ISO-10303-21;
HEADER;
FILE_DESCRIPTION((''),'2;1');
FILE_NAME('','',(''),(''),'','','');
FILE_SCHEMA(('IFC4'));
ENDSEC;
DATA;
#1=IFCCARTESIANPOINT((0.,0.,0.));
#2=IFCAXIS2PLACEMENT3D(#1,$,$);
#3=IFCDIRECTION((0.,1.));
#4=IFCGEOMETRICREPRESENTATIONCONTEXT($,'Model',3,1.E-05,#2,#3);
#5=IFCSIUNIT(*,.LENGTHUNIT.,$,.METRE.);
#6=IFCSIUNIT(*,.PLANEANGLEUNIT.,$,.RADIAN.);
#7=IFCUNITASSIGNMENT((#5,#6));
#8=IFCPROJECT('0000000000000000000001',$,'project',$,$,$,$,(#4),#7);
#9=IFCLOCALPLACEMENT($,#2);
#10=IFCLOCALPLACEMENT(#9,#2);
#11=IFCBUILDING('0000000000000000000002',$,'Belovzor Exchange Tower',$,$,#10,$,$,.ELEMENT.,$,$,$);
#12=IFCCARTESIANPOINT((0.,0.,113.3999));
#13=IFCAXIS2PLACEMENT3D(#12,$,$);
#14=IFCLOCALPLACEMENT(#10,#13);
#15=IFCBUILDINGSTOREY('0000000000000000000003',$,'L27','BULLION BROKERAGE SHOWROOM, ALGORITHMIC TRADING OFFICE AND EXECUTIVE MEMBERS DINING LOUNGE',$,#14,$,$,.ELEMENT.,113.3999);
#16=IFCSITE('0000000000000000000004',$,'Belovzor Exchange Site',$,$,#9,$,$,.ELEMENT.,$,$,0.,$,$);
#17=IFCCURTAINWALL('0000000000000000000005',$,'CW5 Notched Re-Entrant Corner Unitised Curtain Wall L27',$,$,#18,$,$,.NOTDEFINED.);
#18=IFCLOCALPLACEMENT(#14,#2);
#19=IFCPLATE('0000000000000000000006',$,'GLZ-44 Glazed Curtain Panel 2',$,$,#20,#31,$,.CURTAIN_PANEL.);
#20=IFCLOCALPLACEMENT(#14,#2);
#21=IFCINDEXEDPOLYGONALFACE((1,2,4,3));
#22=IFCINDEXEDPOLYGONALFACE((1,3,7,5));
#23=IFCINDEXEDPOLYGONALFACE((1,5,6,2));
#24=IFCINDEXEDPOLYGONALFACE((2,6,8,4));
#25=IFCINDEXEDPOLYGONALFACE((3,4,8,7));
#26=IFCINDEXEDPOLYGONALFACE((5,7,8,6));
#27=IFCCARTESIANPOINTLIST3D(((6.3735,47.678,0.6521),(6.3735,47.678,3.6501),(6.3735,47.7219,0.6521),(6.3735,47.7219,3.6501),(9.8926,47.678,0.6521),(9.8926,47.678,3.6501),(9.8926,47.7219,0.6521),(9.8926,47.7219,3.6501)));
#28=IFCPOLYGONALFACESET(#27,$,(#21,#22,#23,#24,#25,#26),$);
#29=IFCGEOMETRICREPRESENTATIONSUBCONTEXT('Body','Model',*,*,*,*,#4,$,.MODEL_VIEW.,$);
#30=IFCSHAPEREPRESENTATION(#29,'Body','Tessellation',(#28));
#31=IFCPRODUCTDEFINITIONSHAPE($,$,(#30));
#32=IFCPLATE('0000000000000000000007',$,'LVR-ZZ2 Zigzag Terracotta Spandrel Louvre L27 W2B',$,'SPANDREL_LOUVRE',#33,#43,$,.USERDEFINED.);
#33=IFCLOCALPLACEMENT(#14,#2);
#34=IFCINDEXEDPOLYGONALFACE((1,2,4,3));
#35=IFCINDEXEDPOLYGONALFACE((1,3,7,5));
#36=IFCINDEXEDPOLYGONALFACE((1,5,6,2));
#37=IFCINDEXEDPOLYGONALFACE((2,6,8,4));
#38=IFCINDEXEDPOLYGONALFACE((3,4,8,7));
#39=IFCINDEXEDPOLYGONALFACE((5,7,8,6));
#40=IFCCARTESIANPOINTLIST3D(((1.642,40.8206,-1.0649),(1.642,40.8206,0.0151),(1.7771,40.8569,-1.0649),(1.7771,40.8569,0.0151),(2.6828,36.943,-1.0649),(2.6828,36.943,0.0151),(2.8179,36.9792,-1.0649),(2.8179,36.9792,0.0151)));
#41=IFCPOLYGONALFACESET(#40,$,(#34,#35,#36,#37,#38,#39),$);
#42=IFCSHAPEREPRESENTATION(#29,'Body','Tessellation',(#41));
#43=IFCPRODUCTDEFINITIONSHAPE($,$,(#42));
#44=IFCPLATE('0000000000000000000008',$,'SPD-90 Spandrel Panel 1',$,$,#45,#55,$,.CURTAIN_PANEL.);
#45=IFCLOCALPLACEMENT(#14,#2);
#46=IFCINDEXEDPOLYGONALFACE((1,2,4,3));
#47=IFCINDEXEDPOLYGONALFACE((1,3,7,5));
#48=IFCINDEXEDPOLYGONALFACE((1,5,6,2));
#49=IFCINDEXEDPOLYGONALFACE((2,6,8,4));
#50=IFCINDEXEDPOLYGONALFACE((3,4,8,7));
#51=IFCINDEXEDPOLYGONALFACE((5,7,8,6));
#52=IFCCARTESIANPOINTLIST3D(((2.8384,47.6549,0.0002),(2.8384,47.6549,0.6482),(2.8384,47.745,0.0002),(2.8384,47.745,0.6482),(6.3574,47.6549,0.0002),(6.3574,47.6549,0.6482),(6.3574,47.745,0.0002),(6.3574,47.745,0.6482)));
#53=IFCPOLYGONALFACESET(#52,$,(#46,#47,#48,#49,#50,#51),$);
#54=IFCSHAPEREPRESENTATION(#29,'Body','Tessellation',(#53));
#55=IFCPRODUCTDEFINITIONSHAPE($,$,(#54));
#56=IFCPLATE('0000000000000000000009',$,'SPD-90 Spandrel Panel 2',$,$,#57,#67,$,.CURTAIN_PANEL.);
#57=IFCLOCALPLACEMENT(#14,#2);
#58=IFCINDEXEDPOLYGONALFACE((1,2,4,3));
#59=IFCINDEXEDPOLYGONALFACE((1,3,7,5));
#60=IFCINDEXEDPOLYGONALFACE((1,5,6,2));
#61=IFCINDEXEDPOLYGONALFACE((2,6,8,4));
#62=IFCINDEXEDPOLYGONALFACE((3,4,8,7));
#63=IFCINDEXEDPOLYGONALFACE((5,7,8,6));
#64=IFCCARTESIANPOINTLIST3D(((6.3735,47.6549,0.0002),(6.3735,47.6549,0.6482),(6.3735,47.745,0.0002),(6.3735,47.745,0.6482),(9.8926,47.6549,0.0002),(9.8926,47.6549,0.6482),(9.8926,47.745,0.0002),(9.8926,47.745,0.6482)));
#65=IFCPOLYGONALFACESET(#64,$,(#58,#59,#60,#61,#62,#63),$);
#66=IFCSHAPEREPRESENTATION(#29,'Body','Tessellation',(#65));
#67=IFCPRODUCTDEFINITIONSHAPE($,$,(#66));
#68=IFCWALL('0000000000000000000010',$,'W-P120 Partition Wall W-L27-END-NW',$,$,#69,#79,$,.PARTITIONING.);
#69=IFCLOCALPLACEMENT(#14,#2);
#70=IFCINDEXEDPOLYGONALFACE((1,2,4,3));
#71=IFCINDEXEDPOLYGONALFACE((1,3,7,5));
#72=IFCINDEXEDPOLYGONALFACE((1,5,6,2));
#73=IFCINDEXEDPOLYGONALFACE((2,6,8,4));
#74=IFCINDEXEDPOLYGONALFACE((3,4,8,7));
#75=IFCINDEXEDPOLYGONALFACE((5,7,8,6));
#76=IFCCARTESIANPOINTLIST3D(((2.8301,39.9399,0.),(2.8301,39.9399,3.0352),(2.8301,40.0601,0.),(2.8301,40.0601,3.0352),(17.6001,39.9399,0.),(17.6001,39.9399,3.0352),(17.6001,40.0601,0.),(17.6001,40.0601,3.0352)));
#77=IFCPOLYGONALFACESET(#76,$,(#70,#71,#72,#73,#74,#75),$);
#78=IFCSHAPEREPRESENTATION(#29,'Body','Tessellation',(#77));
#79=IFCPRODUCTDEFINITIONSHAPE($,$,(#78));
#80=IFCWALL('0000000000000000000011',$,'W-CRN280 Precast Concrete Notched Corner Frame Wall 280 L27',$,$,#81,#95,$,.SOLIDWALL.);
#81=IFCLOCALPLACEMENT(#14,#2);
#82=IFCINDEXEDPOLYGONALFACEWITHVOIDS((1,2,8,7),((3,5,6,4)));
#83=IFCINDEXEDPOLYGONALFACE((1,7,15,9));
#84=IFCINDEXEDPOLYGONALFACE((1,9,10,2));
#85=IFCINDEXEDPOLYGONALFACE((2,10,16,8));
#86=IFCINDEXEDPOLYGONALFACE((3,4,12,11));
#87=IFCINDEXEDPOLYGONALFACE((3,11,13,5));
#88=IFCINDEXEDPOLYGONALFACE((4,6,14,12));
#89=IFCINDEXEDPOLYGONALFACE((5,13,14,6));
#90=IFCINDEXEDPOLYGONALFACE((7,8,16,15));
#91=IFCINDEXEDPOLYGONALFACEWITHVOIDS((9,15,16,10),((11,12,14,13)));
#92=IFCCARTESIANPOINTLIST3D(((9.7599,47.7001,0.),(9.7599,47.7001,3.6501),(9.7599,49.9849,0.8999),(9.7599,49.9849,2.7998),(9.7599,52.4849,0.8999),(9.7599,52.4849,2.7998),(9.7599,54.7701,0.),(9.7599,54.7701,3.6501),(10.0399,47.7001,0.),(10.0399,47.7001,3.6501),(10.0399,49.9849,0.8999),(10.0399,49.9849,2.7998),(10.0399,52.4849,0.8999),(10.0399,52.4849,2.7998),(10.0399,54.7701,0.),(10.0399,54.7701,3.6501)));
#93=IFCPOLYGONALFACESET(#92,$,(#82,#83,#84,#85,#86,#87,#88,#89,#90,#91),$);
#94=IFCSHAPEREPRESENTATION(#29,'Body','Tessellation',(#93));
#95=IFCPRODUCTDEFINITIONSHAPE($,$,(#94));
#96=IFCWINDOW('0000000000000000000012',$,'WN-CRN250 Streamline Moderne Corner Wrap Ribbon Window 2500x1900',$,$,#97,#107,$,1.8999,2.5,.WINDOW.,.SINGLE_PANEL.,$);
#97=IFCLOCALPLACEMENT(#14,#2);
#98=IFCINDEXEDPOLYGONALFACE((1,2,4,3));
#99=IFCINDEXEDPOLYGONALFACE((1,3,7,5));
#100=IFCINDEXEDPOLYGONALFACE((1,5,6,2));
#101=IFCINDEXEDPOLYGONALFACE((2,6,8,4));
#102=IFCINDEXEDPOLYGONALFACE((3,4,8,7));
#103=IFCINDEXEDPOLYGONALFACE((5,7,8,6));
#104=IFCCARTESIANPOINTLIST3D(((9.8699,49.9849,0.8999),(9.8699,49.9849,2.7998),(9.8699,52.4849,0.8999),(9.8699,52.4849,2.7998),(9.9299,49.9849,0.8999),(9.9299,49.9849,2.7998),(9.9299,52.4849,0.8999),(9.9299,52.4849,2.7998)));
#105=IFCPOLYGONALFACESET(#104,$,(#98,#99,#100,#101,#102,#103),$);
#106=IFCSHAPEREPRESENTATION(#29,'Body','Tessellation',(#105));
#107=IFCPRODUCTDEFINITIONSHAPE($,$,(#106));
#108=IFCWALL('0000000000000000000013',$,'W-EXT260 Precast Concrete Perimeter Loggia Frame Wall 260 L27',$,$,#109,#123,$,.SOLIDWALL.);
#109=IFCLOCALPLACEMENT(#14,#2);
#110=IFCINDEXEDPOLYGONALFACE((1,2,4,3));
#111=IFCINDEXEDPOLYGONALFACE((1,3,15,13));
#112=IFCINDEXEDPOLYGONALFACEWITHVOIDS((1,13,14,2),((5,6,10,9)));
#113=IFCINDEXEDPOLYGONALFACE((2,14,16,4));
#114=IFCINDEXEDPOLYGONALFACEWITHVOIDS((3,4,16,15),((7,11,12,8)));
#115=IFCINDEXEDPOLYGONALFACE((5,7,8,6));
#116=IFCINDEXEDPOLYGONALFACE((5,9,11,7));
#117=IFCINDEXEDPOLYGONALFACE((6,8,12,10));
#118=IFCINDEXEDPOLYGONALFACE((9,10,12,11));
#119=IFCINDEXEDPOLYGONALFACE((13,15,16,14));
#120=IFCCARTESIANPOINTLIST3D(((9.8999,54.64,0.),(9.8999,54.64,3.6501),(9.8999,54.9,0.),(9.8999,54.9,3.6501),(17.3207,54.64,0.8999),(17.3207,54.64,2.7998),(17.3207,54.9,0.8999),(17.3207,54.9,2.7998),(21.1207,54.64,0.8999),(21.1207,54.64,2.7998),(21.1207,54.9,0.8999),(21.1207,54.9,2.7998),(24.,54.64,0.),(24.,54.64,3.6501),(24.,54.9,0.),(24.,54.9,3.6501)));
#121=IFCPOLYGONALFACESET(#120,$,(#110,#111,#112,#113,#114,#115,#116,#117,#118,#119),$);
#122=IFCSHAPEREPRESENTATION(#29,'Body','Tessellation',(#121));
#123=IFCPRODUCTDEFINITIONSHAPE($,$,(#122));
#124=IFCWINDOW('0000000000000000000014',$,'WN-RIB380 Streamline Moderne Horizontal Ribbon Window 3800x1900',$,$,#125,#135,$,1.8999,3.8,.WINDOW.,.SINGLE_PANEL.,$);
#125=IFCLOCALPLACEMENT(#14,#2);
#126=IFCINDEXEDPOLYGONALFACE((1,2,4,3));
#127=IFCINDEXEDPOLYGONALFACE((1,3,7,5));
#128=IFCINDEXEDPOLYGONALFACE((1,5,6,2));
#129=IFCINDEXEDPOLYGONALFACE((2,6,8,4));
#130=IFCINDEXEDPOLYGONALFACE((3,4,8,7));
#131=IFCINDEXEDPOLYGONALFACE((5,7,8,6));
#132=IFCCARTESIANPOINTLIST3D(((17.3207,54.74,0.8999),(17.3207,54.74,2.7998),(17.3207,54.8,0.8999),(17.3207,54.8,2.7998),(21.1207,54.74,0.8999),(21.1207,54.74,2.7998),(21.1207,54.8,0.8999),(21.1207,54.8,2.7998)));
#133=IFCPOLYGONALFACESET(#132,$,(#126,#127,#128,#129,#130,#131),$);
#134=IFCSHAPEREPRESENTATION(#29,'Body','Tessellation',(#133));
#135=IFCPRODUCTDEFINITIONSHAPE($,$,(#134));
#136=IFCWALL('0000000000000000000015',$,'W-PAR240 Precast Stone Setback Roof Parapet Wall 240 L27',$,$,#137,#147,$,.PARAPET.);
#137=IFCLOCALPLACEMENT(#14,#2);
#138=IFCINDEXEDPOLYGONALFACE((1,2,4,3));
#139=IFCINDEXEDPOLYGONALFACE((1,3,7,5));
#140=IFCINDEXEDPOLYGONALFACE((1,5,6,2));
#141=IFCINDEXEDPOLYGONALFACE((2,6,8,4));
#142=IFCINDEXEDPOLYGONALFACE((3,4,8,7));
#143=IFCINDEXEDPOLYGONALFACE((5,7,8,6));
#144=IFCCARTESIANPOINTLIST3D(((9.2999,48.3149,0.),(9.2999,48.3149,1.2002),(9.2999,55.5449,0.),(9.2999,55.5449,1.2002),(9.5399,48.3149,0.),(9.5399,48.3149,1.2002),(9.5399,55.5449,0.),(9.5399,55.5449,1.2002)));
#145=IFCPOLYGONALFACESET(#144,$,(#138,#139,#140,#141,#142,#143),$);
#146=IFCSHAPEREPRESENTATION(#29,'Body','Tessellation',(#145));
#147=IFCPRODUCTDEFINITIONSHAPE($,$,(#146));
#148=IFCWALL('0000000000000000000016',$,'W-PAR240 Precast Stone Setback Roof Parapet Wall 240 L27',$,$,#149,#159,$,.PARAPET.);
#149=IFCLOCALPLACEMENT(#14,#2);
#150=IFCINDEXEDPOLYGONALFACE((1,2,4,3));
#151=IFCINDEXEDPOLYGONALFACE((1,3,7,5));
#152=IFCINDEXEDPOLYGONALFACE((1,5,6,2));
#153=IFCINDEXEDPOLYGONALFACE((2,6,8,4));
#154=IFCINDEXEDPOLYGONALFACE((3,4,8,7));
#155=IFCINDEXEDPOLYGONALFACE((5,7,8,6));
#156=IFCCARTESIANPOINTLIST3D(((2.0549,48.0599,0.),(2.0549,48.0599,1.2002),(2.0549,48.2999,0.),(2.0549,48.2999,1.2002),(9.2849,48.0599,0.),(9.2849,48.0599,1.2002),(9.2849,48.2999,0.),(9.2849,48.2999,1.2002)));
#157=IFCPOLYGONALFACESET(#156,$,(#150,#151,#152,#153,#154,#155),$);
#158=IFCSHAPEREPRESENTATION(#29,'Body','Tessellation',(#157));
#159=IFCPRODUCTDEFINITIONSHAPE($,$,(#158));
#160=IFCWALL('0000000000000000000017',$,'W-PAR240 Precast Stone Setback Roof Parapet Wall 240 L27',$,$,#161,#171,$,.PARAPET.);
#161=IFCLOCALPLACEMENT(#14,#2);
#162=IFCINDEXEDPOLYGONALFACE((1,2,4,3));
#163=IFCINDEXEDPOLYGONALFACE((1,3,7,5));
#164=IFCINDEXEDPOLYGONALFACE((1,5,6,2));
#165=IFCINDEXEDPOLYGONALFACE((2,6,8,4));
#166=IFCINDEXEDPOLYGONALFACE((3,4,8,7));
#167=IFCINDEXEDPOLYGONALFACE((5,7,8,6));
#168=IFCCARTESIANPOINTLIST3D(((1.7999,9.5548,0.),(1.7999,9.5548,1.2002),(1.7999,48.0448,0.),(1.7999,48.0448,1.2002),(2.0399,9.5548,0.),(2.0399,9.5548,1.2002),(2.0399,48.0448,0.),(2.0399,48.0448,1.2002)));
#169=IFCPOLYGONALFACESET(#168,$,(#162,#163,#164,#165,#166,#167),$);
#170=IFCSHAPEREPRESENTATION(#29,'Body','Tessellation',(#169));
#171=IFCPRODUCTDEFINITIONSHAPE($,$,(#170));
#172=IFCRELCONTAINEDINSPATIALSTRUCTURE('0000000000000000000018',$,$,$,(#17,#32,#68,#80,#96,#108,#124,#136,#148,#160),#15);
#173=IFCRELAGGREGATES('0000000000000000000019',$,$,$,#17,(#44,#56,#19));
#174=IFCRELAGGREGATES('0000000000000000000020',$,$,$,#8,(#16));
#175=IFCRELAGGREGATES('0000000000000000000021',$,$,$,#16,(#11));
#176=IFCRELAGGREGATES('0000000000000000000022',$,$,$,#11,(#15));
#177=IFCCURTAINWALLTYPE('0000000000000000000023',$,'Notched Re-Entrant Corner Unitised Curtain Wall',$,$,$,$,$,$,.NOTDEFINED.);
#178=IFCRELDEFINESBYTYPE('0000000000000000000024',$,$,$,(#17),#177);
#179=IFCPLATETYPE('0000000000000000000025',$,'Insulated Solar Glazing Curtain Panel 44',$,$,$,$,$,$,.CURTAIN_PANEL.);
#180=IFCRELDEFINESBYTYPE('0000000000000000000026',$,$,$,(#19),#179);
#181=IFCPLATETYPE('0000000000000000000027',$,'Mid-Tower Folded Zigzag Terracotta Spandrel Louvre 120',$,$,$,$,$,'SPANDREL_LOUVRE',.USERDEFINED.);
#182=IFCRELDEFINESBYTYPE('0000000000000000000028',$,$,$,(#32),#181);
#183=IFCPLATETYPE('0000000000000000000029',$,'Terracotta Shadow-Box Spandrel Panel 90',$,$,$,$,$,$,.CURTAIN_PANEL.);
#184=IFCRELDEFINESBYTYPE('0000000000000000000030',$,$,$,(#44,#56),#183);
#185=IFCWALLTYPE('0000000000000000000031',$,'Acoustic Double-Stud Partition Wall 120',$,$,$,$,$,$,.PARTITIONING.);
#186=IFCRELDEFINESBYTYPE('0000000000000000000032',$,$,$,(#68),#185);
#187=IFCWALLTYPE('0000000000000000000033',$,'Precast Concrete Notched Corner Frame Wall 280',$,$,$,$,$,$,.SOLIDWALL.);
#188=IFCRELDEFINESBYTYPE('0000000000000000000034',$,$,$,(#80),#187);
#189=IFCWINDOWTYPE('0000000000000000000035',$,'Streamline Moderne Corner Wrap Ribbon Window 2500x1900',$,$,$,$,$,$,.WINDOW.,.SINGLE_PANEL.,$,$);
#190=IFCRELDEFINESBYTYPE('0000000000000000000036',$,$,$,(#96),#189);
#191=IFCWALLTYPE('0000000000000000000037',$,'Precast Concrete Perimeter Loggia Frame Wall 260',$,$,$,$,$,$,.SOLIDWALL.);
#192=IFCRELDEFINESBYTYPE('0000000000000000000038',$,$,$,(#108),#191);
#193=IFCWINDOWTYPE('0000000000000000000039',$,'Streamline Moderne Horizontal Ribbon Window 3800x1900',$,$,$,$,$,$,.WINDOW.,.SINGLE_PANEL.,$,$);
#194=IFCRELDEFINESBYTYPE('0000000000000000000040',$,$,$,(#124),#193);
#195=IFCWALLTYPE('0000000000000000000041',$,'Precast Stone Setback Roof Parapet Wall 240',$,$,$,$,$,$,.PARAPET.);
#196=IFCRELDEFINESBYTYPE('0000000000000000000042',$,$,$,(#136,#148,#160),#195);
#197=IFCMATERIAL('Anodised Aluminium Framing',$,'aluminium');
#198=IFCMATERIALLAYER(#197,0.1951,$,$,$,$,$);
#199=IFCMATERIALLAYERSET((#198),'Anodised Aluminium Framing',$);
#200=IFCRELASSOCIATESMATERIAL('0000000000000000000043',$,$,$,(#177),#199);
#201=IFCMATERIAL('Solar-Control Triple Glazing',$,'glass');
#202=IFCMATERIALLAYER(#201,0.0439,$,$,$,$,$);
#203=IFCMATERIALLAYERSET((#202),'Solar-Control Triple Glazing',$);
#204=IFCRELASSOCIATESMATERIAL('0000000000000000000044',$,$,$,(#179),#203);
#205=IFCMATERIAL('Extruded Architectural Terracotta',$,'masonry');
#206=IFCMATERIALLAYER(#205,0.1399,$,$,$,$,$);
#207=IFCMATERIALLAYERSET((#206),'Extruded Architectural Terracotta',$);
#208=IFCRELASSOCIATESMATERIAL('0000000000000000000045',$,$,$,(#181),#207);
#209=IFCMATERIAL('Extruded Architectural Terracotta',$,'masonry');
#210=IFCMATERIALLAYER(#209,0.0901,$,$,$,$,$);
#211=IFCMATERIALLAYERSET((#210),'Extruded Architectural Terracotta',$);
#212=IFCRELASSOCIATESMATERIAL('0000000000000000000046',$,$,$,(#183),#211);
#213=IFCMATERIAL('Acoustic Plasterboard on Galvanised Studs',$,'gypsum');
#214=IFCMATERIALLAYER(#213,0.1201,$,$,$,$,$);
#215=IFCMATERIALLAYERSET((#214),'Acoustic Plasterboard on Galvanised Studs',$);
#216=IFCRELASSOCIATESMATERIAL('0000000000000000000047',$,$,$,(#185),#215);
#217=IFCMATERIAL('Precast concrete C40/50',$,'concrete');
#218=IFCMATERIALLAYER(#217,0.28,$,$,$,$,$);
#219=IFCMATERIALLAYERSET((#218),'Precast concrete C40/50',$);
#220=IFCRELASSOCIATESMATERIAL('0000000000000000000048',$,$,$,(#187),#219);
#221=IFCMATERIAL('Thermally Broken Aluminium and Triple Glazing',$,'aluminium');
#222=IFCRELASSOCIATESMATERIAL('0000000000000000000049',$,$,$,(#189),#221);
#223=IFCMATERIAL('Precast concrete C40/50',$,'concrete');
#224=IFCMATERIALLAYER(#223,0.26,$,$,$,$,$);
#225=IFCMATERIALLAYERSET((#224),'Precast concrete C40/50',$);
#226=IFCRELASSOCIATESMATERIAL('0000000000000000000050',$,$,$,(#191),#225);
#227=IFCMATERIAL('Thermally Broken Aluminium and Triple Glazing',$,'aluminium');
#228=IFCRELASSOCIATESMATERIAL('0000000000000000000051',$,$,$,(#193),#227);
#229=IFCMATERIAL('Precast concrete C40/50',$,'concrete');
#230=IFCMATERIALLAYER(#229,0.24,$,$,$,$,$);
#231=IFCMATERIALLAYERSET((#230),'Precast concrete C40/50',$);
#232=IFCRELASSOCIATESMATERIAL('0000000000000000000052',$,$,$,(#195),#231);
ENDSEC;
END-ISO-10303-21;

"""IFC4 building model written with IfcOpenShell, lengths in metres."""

from ifc_helpers import new_model, si_unit, direction, frame, frame_2d, origin, origin_2d, place, context, subcontext, project, spatial, rectangle, extrude, material, layer, layer_set, type_object, element, fill, aggregate, save


model = new_model("IFC4")

# Units and contexts
model_context = context("Model", 3, precision=1e-05, world=origin(), true_north=direction((0.0, 1.0)))
body_context = subcontext(model_context, "Body", "Model", "MODEL_VIEW")
ifc_project = project(units=[si_unit("LENGTHUNIT", "METRE"), si_unit("PLANEANGLEUNIT", "RADIAN")], contexts=[model_context])

# Site, building, storey
site_placement = place(None, origin())
site = spatial("IfcSite", under=ifc_project, at=site_placement, Name="Belovzor Exchange Site", CompositionType="ELEMENT", RefElevation=0.0)
building_placement = place(site_placement, origin())
building = spatial("IfcBuilding", under=site, at=building_placement, Name="Belovzor Exchange Tower", CompositionType="ELEMENT")
storey_placement = place(building_placement, frame((0.0, 0.0, 113.3999)))
storey = spatial("IfcBuildingStorey", under=building, at=storey_placement, Name="L27", Description="BULLION BROKERAGE SHOWROOM, ALGORITHMIC TRADING OFFICE AND EXECUTIVE MEMBERS DINING LOUNGE", CompositionType="ELEMENT", Elevation=113.3999)

# Curtain wall
ifc_material_1 = material(Name="Anodised Aluminium Framing", Category="aluminium")
ifc_layer_1 = layer(ifc_material_1, 0.1951)
ifc_layer_set_1 = layer_set([ifc_layer_1], Name="Anodised Aluminium Framing")
curtain_wall_type = type_object("IfcCurtainWallType", Name="Notched Re-Entrant Corner Unitised Curtain Wall", PredefinedType="NOTDEFINED", material=ifc_layer_set_1)
curtain_wall_placement = place(storey_placement, origin())
curtain_wall = element("IfcCurtainWall", 1, at=curtain_wall_placement, inside=storey, type_object=curtain_wall_type, Name="CW5 Notched Re-Entrant Corner Unitised Curtain Wall L27", PredefinedType="NOTDEFINED")

# Plates
ifc_material_2 = material(Name="Solar-Control Triple Glazing", Category="glass")
ifc_layer_2 = layer(ifc_material_2, 0.0439)
ifc_layer_set_2 = layer_set([ifc_layer_2], Name="Solar-Control Triple Glazing")
plate_type_1 = type_object("IfcPlateType", Name="Insulated Solar Glazing Curtain Panel 44", PredefinedType="CURTAIN_PANEL", material=ifc_layer_set_2)
plate_1_placement = place(storey_placement, frame((8.1331, 47.7, 0.6521), z_axis=(0.0, 0.0, 1.0), x_axis=(1.0, 0.0, 0.0)))
plate_1 = element("IfcPlate", 2, at=plate_1_placement, type_object=plate_type_1, Name="GLZ-44 Glazed Curtain Panel 2", PredefinedType="CURTAIN_PANEL", context=body_context, shape_type="SweptSolid", body=[
    extrude(rectangle(XDim=3.519, YDim=0.0439, at=origin_2d()), origin(), (0.0, 0.0, 1.0), 2.998),
])
ifc_material_3 = material(Name="Extruded Architectural Terracotta", Category="masonry")
ifc_layer_3 = layer(ifc_material_3, 0.1399)
ifc_layer_set_3 = layer_set([ifc_layer_3], Name="Extruded Architectural Terracotta")
plate_type_2 = type_object("IfcPlateType", Name="Mid-Tower Folded Zigzag Terracotta Spandrel Louvre 120", ElementType="SPANDREL_LOUVRE", PredefinedType="USERDEFINED", material=ifc_layer_set_3)
plate_2_placement = place(storey_placement, frame((2.23, 38.8999, -1.0649), z_axis=(0.0, 0.0, 1.0), x_axis=(-0.25924, 0.965813, 0.0)))
element("IfcPlate", 3, at=plate_2_placement, inside=storey, type_object=plate_type_2, Name="LVR-ZZ2 Zigzag Terracotta Spandrel Louvre L27 W2B", ObjectType="SPANDREL_LOUVRE", PredefinedType="USERDEFINED", context=body_context, shape_type="SweptSolid", body=[
    extrude(rectangle(XDim=4.0149, YDim=0.1399, at=origin_2d()), origin(), (0.0, 0.0, 1.0), 1.0801),
])
ifc_material_4 = material(Name="Extruded Architectural Terracotta", Category="masonry")
ifc_layer_4 = layer(ifc_material_4, 0.0901)
ifc_layer_set_4 = layer_set([ifc_layer_4], Name="Extruded Architectural Terracotta")
plate_type_3 = type_object("IfcPlateType", Name="Terracotta Shadow-Box Spandrel Panel 90", PredefinedType="CURTAIN_PANEL", material=ifc_layer_set_4)
plate_3_placement = place(storey_placement, frame((4.5979, 47.7, 0.0002), z_axis=(0.0, 0.0, 1.0), x_axis=(1.0, 0.0, 0.0)))
plate_3 = element("IfcPlate", 4, at=plate_3_placement, type_object=plate_type_3, Name="SPD-90 Spandrel Panel 1", PredefinedType="CURTAIN_PANEL", context=body_context, shape_type="SweptSolid", body=[
    extrude(rectangle(XDim=3.519, YDim=0.0901, at=origin_2d()), origin(), (0.0, 0.0, 1.0), 0.6479),
])
plate_4_placement = place(storey_placement, frame((8.1331, 47.7, 0.0002), z_axis=(0.0, 0.0, 1.0), x_axis=(1.0, 0.0, 0.0)))
plate_4 = element("IfcPlate", 5, at=plate_4_placement, type_object=plate_type_3, Name="SPD-90 Spandrel Panel 2", PredefinedType="CURTAIN_PANEL", context=body_context, shape_type="SweptSolid", body=[
    extrude(rectangle(XDim=3.519, YDim=0.0901, at=origin_2d()), origin(), (0.0, 0.0, 1.0), 0.6479),
])
aggregate(curtain_wall, [plate_3, plate_4, plate_1])

# Wall
ifc_material_5 = material(Name="Acoustic Plasterboard on Galvanised Studs", Category="gypsum")
ifc_layer_5 = layer(ifc_material_5, 0.1201)
ifc_layer_set_5 = layer_set([ifc_layer_5], Name="Acoustic Plasterboard on Galvanised Studs")
wall_type_1 = type_object("IfcWallType", Name="Acoustic Double-Stud Partition Wall 120", PredefinedType="PARTITIONING", material=ifc_layer_set_5)
wall_1_placement = place(storey_placement, frame((2.8301, 40.0, 0.0), z_axis=(0.0, 0.0, 1.0), x_axis=(1.0, 0.0, 0.0)))
element("IfcWall", 6, at=wall_1_placement, inside=storey, type_object=wall_type_1, Name="W-P120 Partition Wall W-L27-END-NW", PredefinedType="PARTITIONING", context=body_context, shape_type="SweptSolid", body=[
    extrude(rectangle(XDim=14.77, YDim=0.1201, at=frame_2d((7.385, 0.0))), origin(), (0.0, 0.0, 1.0), 3.0352),
])

# Walls, openings, windows
ifc_material_6 = material(Name="Precast concrete C40/50", Category="concrete")
ifc_layer_6 = layer(ifc_material_6, 0.28)
ifc_layer_set_6 = layer_set([ifc_layer_6], Name="Precast concrete C40/50")
wall_type_2 = type_object("IfcWallType", Name="Precast Concrete Notched Corner Frame Wall 280", PredefinedType="SOLIDWALL", material=ifc_layer_set_6)
wall_2_placement = place(storey_placement, frame((9.8999, 47.7, 0.0), z_axis=(0.0, 0.0, 1.0), x_axis=(0.0, 1.0, 0.0)))
wall_2 = element("IfcWall", 7, at=wall_2_placement, inside=storey, type_object=wall_type_2, Name="W-CRN280 Precast Concrete Notched Corner Frame Wall 280 L27", PredefinedType="SOLIDWALL", context=body_context, shape_type="SweptSolid", body=[
    extrude(rectangle(XDim=7.0701, YDim=0.28, at=frame_2d((3.5352, 0.0))), origin(), (0.0, 0.0, 1.0), 3.6501),
])
opening_1_placement = place(wall_2_placement, frame((2.2849, 0.0, 0.8999)))
opening_1 = element("IfcOpeningElement", 8, at=opening_1_placement, cuts=wall_2, PredefinedType="OPENING", context=body_context, shape_type="SweptSolid", body=[
    extrude(rectangle(XDim=2.5, YDim=1.8999, at=frame_2d((1.25, 0.95))), frame((0.0, 0.1499, 0.0), z_axis=(0.0, -1.0, 0.0), x_axis=(1.0, 0.0, 0.0)), (0.0, 0.0, 1.0), 0.3),
])
ifc_material_7 = material(Name="Thermally Broken Aluminium and Triple Glazing", Category="aluminium")
window_type_1 = type_object("IfcWindowType", Name="Streamline Moderne Corner Wrap Ribbon Window 2500x1900", PartitioningType="SINGLE_PANEL", PredefinedType="WINDOW", material=ifc_material_7)
window_1_placement = place(opening_1_placement, origin())
window_1 = element("IfcWindow", 9, at=window_1_placement, inside=storey, type_object=window_type_1, Name="WN-CRN250 Streamline Moderne Corner Wrap Ribbon Window 2500x1900", OverallHeight=1.8999, OverallWidth=2.5, PartitioningType="SINGLE_PANEL", PredefinedType="WINDOW", context=body_context, shape_type="SweptSolid", body=[
    extrude(rectangle(XDim=2.5, YDim=1.8999, at=frame_2d((1.25, 0.95))), frame((0.0, 0.03, 0.0), z_axis=(0.0, -1.0, 0.0), x_axis=(1.0, 0.0, 0.0)), (0.0, 0.0, 1.0), 0.0601),
])
fill(opening_1, window_1)
ifc_material_8 = material(Name="Precast concrete C40/50", Category="concrete")
ifc_layer_7 = layer(ifc_material_8, 0.26)
ifc_layer_set_7 = layer_set([ifc_layer_7], Name="Precast concrete C40/50")
wall_type_3 = type_object("IfcWallType", Name="Precast Concrete Perimeter Loggia Frame Wall 260", PredefinedType="SOLIDWALL", material=ifc_layer_set_7)
wall_3_placement = place(storey_placement, frame((9.8999, 54.77, 0.0), z_axis=(0.0, 0.0, 1.0), x_axis=(1.0, 0.0, 0.0)))
wall_3 = element("IfcWall", 10, at=wall_3_placement, inside=storey, type_object=wall_type_3, Name="W-EXT260 Precast Concrete Perimeter Loggia Frame Wall 260 L27", PredefinedType="SOLIDWALL", context=body_context, shape_type="SweptSolid", body=[
    extrude(rectangle(XDim=14.1001, YDim=0.26, at=frame_2d((7.05, 0.0))), origin(), (0.0, 0.0, 1.0), 3.6501),
])
opening_2_placement = place(wall_3_placement, frame((7.4209, 0.0, 0.8999)))
opening_2 = element("IfcOpeningElement", 11, at=opening_2_placement, cuts=wall_3, PredefinedType="OPENING", context=body_context, shape_type="SweptSolid", body=[
    extrude(rectangle(XDim=3.8, YDim=1.8999, at=frame_2d((1.8999, 0.95))), frame((0.0, 0.1399, 0.0), z_axis=(0.0, -1.0, 0.0), x_axis=(1.0, 0.0, 0.0)), (0.0, 0.0, 1.0), 0.28),
])
ifc_material_9 = material(Name="Thermally Broken Aluminium and Triple Glazing", Category="aluminium")
window_type_2 = type_object("IfcWindowType", Name="Streamline Moderne Horizontal Ribbon Window 3800x1900", PartitioningType="SINGLE_PANEL", PredefinedType="WINDOW", material=ifc_material_9)
window_2_placement = place(opening_2_placement, origin())
window_2 = element("IfcWindow", 12, at=window_2_placement, inside=storey, type_object=window_type_2, Name="WN-RIB380 Streamline Moderne Horizontal Ribbon Window 3800x1900", OverallHeight=1.8999, OverallWidth=3.8, PartitioningType="SINGLE_PANEL", PredefinedType="WINDOW", context=body_context, shape_type="SweptSolid", body=[
    extrude(rectangle(XDim=3.8, YDim=1.8999, at=frame_2d((1.8999, 0.95))), frame((0.0, 0.03, 0.0), z_axis=(0.0, -1.0, 0.0), x_axis=(1.0, 0.0, 0.0)), (0.0, 0.0, 1.0), 0.0601),
])
fill(opening_2, window_2)

# Walls
ifc_material_10 = material(Name="Precast concrete C40/50", Category="concrete")
ifc_layer_8 = layer(ifc_material_10, 0.24)
ifc_layer_set_8 = layer_set([ifc_layer_8], Name="Precast concrete C40/50")
wall_type_4 = type_object("IfcWallType", Name="Precast Stone Setback Roof Parapet Wall 240", PredefinedType="PARAPET", material=ifc_layer_set_8)
for number, where, z_axis, x_axis, name in (
    (13, (9.4199, 55.5449, 0.0), (0.0, 0.0, 1.0), (0.0, -1.0, 0.0), "W-PAR240 Precast Stone Setback Roof Parapet Wall 240 L27"),
    (14, (9.2849, 48.1799, 0.0), (0.0, 0.0, 1.0), (-1.0, 0.0, 0.0), "W-PAR240 Precast Stone Setback Roof Parapet Wall 240 L27"),
):
    element("IfcWall", number, at=place(storey_placement, frame(where, z_axis=z_axis, x_axis=x_axis)), inside=storey, type_object=wall_type_4, Name=name, PredefinedType="PARAPET", context=body_context, shape_type="SweptSolid", body=[
        extrude(rectangle(XDim=7.23, YDim=0.24, at=frame_2d((3.615, 0.0))), origin(), (0.0, 0.0, 1.0), 1.2002),
    ])
wall_4_placement = place(storey_placement, frame((1.9199, 48.0449, 0.0), z_axis=(0.0, 0.0, 1.0), x_axis=(0.0, -1.0, 0.0)))
element("IfcWall", 15, at=wall_4_placement, inside=storey, type_object=wall_type_4, Name="W-PAR240 Precast Stone Setback Roof Parapet Wall 240 L27", PredefinedType="PARAPET", context=body_context, shape_type="SweptSolid", body=[
    extrude(rectangle(XDim=38.49, YDim=0.24, at=frame_2d((19.2451, 0.0))), origin(), (0.0, 0.0, 1.0), 1.2002),
])

save(model, "model.ifc")
